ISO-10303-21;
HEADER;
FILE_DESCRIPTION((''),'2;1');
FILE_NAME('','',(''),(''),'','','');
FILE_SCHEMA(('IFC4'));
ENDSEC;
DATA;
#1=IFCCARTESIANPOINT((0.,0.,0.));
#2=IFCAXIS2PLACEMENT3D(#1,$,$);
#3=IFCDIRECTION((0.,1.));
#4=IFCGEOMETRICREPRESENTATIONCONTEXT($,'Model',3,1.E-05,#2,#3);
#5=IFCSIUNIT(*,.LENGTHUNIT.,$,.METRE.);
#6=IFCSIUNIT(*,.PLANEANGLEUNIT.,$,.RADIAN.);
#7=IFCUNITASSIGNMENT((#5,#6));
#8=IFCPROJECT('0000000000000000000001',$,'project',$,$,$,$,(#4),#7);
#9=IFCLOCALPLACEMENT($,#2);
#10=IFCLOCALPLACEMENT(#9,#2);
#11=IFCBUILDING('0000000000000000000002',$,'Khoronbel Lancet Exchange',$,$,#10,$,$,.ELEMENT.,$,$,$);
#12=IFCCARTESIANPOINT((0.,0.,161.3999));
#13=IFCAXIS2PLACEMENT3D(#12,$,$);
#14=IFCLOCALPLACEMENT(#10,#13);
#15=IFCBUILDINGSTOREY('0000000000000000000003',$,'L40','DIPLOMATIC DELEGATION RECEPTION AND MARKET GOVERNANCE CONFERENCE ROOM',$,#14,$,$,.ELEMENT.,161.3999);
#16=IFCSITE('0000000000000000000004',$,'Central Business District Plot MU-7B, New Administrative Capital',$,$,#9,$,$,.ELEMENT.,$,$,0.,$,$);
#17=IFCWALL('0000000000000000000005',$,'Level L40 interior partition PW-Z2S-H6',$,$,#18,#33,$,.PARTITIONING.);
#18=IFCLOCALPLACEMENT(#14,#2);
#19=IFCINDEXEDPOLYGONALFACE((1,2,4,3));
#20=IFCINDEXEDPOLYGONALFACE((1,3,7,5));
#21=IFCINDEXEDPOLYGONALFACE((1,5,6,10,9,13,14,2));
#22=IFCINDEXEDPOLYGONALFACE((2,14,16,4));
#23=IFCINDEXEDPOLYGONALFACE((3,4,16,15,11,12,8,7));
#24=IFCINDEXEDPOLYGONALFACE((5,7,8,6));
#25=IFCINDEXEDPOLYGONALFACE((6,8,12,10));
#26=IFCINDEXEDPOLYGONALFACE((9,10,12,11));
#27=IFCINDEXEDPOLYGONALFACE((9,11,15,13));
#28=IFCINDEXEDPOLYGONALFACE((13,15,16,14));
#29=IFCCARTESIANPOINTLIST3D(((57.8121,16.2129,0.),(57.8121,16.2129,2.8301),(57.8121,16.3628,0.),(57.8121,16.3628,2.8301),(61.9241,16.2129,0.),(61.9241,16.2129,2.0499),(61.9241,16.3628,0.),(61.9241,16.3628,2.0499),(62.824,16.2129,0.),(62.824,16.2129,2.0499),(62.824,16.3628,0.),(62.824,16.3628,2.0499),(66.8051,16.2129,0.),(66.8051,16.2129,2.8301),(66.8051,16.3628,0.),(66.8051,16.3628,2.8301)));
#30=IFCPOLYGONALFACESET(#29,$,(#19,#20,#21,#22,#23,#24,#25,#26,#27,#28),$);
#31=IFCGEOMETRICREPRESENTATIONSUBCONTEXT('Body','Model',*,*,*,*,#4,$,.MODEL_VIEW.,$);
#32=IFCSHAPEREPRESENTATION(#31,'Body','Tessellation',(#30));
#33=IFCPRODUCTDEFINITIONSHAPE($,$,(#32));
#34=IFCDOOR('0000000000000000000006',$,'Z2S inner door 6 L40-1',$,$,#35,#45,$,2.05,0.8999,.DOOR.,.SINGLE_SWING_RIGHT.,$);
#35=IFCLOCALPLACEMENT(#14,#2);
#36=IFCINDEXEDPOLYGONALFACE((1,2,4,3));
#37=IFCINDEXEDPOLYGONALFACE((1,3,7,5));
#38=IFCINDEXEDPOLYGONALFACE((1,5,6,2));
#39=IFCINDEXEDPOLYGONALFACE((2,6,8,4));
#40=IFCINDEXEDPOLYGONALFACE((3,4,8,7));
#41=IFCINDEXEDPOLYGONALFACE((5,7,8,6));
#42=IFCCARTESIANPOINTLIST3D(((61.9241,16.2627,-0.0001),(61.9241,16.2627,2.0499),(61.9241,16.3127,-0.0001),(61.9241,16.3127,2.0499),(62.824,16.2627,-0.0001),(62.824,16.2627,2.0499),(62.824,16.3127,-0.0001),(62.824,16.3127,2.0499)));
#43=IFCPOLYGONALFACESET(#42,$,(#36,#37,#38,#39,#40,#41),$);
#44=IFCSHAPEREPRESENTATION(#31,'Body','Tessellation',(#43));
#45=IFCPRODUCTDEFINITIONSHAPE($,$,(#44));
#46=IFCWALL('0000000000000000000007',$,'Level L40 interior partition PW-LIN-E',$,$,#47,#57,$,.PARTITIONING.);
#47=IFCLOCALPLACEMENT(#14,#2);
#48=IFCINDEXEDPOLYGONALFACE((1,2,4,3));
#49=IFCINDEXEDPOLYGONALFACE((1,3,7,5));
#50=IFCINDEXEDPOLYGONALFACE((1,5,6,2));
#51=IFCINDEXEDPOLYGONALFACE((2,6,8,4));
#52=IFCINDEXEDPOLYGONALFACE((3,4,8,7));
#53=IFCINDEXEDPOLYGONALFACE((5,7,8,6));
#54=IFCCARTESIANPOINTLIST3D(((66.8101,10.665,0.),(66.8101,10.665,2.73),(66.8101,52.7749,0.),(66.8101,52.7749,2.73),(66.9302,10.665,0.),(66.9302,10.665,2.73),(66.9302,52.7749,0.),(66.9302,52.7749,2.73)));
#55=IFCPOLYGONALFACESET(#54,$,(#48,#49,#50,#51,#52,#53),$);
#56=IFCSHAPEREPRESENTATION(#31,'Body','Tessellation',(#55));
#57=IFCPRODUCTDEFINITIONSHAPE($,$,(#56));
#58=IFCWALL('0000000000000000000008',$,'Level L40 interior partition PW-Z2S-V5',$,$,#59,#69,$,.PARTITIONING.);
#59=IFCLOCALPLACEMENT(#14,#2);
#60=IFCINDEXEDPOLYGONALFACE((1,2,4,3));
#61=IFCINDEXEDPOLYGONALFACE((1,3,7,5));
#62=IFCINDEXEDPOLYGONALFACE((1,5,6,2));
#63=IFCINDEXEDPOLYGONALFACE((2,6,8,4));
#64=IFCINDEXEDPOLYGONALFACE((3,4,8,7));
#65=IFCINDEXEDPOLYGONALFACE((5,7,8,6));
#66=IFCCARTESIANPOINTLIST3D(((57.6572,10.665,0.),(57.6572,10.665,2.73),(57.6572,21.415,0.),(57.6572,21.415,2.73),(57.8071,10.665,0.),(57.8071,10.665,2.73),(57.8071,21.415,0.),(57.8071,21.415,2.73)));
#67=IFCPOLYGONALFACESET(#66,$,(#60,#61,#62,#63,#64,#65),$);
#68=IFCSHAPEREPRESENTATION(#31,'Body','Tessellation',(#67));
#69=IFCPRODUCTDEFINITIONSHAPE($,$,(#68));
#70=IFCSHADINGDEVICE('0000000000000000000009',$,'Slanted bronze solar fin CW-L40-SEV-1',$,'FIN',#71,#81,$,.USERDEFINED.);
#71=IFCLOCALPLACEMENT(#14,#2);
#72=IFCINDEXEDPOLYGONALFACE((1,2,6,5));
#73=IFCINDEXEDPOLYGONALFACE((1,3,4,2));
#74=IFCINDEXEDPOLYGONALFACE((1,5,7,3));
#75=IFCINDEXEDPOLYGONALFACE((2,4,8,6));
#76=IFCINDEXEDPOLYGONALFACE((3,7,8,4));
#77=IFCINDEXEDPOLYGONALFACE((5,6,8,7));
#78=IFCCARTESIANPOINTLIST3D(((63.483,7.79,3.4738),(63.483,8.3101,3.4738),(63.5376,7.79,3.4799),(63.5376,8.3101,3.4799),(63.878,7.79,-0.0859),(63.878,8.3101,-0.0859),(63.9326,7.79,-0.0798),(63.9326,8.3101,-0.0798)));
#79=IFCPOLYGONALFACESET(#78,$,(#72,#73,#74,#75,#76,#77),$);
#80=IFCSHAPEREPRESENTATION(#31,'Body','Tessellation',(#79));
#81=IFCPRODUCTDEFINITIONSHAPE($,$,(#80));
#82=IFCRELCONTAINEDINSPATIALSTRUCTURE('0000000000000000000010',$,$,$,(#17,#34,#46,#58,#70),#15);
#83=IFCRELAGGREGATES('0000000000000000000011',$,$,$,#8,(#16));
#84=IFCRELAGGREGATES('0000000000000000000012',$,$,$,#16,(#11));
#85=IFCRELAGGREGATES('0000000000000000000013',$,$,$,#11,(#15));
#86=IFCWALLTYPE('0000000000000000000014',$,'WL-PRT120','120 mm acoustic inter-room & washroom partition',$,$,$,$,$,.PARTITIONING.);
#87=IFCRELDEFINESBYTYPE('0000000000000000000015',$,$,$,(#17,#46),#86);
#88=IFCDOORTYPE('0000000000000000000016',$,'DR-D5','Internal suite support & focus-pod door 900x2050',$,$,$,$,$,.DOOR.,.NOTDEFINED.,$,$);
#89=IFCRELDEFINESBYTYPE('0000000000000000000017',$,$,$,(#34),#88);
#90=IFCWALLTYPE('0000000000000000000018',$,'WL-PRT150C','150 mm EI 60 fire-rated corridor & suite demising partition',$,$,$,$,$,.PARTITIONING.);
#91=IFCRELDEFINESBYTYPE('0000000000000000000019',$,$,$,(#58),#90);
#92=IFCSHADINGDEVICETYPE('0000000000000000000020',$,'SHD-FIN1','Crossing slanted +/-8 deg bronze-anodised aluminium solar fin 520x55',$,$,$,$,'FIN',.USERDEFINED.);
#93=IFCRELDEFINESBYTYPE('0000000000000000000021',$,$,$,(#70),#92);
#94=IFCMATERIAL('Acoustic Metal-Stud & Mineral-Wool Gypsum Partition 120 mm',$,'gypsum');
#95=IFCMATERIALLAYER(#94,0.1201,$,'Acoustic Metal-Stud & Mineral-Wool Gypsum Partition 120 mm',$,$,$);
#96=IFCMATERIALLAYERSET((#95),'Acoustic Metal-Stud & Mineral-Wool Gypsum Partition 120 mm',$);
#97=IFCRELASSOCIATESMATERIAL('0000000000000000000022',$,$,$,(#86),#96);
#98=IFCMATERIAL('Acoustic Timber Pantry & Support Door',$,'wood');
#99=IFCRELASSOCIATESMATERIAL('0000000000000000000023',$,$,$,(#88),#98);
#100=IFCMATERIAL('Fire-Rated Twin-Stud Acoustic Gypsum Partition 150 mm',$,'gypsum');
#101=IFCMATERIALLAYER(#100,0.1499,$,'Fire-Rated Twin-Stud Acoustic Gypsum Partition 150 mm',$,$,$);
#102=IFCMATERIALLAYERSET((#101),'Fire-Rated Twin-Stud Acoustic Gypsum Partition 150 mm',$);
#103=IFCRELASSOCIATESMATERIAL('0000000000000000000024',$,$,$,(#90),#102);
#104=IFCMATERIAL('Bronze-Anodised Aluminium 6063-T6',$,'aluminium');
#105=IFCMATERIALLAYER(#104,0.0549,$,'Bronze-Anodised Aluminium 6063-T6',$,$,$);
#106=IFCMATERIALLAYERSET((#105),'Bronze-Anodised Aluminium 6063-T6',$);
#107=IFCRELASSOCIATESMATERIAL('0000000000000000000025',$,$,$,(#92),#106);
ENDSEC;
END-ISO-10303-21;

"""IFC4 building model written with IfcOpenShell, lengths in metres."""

from ifc_helpers import new_model, si_unit, direction, frame, frame_2d, origin, place, context, subcontext, project, spatial, polyline, rectangle, outline, extrude, material, layer, layer_set, type_object, element, fill, save


model = new_model("IFC4")

# Units and contexts
model_context = context("Model", 3, precision=1e-05, world=origin(), true_north=direction((0.0, 1.0)))
body_context = subcontext(model_context, "Body", "Model", "MODEL_VIEW")
ifc_project = project(units=[si_unit("LENGTHUNIT", "METRE"), si_unit("PLANEANGLEUNIT", "RADIAN")], contexts=[model_context])

# Site, building, storey
site_placement = place(None, origin())
site = spatial("IfcSite", under=ifc_project, at=site_placement, Name="Central Business District Plot MU-7B, New Administrative Capital", CompositionType="ELEMENT", RefElevation=0.0)
building_placement = place(site_placement, origin())
building = spatial("IfcBuilding", under=site, at=building_placement, Name="Khoronbel Lancet Exchange", CompositionType="ELEMENT")
storey_placement = place(building_placement, frame((0.0, 0.0, 161.3999)))
storey = spatial("IfcBuildingStorey", under=building, at=storey_placement, Name="L40", Description="DIPLOMATIC DELEGATION RECEPTION AND MARKET GOVERNANCE CONFERENCE ROOM", CompositionType="ELEMENT", Elevation=161.3999)

# Shared definitions
ifc_material_1 = material(Name="Bronze-Anodised Aluminium 6063-T6", Category="aluminium")

# Wall, opening, door
ifc_material_2 = material(Name="Acoustic Metal-Stud & Mineral-Wool Gypsum Partition 120 mm", Category="gypsum")
ifc_layer_1 = layer(ifc_material_2, 0.1201, Name="Acoustic Metal-Stud & Mineral-Wool Gypsum Partition 120 mm")
ifc_layer_set_1 = layer_set([ifc_layer_1], Name="Acoustic Metal-Stud & Mineral-Wool Gypsum Partition 120 mm")
wall_type_1 = type_object("IfcWallType", Name="WL-PRT120", Description="120 mm acoustic inter-room & washroom partition", PredefinedType="PARTITIONING", material=ifc_layer_set_1)
wall_1_placement = place(storey_placement, frame((57.812, 16.2878, 0.0), z_axis=(0.0, 0.0, 1.0), x_axis=(1.0, 0.0, 0.0)))
wall_1 = element("IfcWall", 1, at=wall_1_placement, inside=storey, type_object=wall_type_1, Name="Level L40 interior partition PW-Z2S-H6", PredefinedType="PARTITIONING", context=body_context, shape_type="SweptSolid", body=[
    extrude(rectangle(XDim=8.9929, YDim=0.1499, at=frame_2d((4.4966, 0.0))), origin(), (0.0, 0.0, 1.0), 2.8301),
])
opening_placement = place(wall_1_placement, frame((4.1121, 0.0, 0.0)))
opening = element("IfcOpeningElement", 2, at=opening_placement, cuts=wall_1, PredefinedType="OPENING", context=body_context, shape_type="SweptSolid", body=[
    extrude(rectangle(XDim=0.8999, YDim=2.05, at=frame_2d((0.45, 1.0249))), frame((0.0, 0.085, 0.0), z_axis=(0.0, -1.0, 0.0), x_axis=(1.0, 0.0, 0.0)), (0.0, 0.0, 1.0), 0.1699),
])
ifc_material_3 = material(Name="Acoustic Timber Pantry & Support Door", Category="wood")
door_type = type_object("IfcDoorType", Name="DR-D5", Description="Internal suite support & focus-pod door 900x2050", OperationType="NOTDEFINED", PredefinedType="DOOR", material=ifc_material_3)
door_placement = place(opening_placement, origin())
door = element("IfcDoor", 3, at=door_placement, inside=storey, type_object=door_type, Name="Z2S inner door 6 L40-1", OperationType="SINGLE_SWING_RIGHT", OverallHeight=2.05, OverallWidth=0.8999, PredefinedType="DOOR", context=body_context, shape_type="SweptSolid", body=[
    extrude(rectangle(XDim=0.8999, YDim=2.05, at=frame_2d((0.45, 1.0249))), frame((0.0, 0.0249, 0.0), z_axis=(0.0, -1.0, 0.0), x_axis=(1.0, 0.0, 0.0)), (0.0, 0.0, 1.0), 0.05),
])
fill(opening, door)

# Walls
wall_2_placement = place(storey_placement, frame((66.8701, 10.665, 0.0), z_axis=(0.0, 0.0, 1.0), x_axis=(0.0, 1.0, 0.0)))
element("IfcWall", 4, at=wall_2_placement, inside=storey, type_object=wall_type_1, Name="Level L40 interior partition PW-LIN-E", PredefinedType="PARTITIONING", context=body_context, shape_type="SweptSolid", body=[
    extrude(rectangle(XDim=42.1099, YDim=0.1201, at=frame_2d((21.0549, 0.0))), origin(), (0.0, 0.0, 1.0), 2.73),
])
ifc_material_4 = material(Name="Fire-Rated Twin-Stud Acoustic Gypsum Partition 150 mm", Category="gypsum")
ifc_layer_2 = layer(ifc_material_4, 0.1499, Name="Fire-Rated Twin-Stud Acoustic Gypsum Partition 150 mm")
ifc_layer_set_2 = layer_set([ifc_layer_2], Name="Fire-Rated Twin-Stud Acoustic Gypsum Partition 150 mm")
wall_type_2 = type_object("IfcWallType", Name="WL-PRT150C", Description="150 mm EI 60 fire-rated corridor & suite demising partition", PredefinedType="PARTITIONING", material=ifc_layer_set_2)
wall_3_placement = place(storey_placement, frame((57.7322, 10.665, 0.0), z_axis=(0.0, 0.0, 1.0), x_axis=(0.0, 1.0, 0.0)))
element("IfcWall", 5, at=wall_3_placement, inside=storey, type_object=wall_type_2, Name="Level L40 interior partition PW-Z2S-V5", PredefinedType="PARTITIONING", context=body_context, shape_type="SweptSolid", body=[
    extrude(rectangle(XDim=10.75, YDim=0.1499, at=frame_2d((5.375, 0.0))), origin(), (0.0, 0.0, 1.0), 2.73),
])

# Shading device
ifc_layer_3 = layer(ifc_material_1, 0.0549, Name="Bronze-Anodised Aluminium 6063-T6")
ifc_layer_set_3 = layer_set([ifc_layer_3], Name="Bronze-Anodised Aluminium 6063-T6")
shading_device_type = type_object("IfcShadingDeviceType", Name="SHD-FIN1", Description="Crossing slanted +/-8 deg bronze-anodised aluminium solar fin 520x55", ElementType="FIN", PredefinedType="USERDEFINED", material=ifc_layer_set_3)
shading_device_placement = place(storey_placement, frame((63.9326, 8.3101, -0.0798), z_axis=(0.9939, 0.0, 0.110289), x_axis=(0.0, -1.0, 0.0)))
element("IfcShadingDevice", 6, at=shading_device_placement, inside=storey, type_object=shading_device_type, Name="Slanted bronze solar fin CW-L40-SEV-1", ObjectType="FIN", PredefinedType="USERDEFINED", context=body_context, shape_type="SweptSolid", body=[
    extrude(outline(polyline([(0.0, 0.0), (0.52, 0.0), (0.52, -3.5815), (0.0, -3.5815), (0.0, 0.0)])), origin(), (0.0, 0.0, -1.0), 0.0549),
])

save(model, "model.ifc")
